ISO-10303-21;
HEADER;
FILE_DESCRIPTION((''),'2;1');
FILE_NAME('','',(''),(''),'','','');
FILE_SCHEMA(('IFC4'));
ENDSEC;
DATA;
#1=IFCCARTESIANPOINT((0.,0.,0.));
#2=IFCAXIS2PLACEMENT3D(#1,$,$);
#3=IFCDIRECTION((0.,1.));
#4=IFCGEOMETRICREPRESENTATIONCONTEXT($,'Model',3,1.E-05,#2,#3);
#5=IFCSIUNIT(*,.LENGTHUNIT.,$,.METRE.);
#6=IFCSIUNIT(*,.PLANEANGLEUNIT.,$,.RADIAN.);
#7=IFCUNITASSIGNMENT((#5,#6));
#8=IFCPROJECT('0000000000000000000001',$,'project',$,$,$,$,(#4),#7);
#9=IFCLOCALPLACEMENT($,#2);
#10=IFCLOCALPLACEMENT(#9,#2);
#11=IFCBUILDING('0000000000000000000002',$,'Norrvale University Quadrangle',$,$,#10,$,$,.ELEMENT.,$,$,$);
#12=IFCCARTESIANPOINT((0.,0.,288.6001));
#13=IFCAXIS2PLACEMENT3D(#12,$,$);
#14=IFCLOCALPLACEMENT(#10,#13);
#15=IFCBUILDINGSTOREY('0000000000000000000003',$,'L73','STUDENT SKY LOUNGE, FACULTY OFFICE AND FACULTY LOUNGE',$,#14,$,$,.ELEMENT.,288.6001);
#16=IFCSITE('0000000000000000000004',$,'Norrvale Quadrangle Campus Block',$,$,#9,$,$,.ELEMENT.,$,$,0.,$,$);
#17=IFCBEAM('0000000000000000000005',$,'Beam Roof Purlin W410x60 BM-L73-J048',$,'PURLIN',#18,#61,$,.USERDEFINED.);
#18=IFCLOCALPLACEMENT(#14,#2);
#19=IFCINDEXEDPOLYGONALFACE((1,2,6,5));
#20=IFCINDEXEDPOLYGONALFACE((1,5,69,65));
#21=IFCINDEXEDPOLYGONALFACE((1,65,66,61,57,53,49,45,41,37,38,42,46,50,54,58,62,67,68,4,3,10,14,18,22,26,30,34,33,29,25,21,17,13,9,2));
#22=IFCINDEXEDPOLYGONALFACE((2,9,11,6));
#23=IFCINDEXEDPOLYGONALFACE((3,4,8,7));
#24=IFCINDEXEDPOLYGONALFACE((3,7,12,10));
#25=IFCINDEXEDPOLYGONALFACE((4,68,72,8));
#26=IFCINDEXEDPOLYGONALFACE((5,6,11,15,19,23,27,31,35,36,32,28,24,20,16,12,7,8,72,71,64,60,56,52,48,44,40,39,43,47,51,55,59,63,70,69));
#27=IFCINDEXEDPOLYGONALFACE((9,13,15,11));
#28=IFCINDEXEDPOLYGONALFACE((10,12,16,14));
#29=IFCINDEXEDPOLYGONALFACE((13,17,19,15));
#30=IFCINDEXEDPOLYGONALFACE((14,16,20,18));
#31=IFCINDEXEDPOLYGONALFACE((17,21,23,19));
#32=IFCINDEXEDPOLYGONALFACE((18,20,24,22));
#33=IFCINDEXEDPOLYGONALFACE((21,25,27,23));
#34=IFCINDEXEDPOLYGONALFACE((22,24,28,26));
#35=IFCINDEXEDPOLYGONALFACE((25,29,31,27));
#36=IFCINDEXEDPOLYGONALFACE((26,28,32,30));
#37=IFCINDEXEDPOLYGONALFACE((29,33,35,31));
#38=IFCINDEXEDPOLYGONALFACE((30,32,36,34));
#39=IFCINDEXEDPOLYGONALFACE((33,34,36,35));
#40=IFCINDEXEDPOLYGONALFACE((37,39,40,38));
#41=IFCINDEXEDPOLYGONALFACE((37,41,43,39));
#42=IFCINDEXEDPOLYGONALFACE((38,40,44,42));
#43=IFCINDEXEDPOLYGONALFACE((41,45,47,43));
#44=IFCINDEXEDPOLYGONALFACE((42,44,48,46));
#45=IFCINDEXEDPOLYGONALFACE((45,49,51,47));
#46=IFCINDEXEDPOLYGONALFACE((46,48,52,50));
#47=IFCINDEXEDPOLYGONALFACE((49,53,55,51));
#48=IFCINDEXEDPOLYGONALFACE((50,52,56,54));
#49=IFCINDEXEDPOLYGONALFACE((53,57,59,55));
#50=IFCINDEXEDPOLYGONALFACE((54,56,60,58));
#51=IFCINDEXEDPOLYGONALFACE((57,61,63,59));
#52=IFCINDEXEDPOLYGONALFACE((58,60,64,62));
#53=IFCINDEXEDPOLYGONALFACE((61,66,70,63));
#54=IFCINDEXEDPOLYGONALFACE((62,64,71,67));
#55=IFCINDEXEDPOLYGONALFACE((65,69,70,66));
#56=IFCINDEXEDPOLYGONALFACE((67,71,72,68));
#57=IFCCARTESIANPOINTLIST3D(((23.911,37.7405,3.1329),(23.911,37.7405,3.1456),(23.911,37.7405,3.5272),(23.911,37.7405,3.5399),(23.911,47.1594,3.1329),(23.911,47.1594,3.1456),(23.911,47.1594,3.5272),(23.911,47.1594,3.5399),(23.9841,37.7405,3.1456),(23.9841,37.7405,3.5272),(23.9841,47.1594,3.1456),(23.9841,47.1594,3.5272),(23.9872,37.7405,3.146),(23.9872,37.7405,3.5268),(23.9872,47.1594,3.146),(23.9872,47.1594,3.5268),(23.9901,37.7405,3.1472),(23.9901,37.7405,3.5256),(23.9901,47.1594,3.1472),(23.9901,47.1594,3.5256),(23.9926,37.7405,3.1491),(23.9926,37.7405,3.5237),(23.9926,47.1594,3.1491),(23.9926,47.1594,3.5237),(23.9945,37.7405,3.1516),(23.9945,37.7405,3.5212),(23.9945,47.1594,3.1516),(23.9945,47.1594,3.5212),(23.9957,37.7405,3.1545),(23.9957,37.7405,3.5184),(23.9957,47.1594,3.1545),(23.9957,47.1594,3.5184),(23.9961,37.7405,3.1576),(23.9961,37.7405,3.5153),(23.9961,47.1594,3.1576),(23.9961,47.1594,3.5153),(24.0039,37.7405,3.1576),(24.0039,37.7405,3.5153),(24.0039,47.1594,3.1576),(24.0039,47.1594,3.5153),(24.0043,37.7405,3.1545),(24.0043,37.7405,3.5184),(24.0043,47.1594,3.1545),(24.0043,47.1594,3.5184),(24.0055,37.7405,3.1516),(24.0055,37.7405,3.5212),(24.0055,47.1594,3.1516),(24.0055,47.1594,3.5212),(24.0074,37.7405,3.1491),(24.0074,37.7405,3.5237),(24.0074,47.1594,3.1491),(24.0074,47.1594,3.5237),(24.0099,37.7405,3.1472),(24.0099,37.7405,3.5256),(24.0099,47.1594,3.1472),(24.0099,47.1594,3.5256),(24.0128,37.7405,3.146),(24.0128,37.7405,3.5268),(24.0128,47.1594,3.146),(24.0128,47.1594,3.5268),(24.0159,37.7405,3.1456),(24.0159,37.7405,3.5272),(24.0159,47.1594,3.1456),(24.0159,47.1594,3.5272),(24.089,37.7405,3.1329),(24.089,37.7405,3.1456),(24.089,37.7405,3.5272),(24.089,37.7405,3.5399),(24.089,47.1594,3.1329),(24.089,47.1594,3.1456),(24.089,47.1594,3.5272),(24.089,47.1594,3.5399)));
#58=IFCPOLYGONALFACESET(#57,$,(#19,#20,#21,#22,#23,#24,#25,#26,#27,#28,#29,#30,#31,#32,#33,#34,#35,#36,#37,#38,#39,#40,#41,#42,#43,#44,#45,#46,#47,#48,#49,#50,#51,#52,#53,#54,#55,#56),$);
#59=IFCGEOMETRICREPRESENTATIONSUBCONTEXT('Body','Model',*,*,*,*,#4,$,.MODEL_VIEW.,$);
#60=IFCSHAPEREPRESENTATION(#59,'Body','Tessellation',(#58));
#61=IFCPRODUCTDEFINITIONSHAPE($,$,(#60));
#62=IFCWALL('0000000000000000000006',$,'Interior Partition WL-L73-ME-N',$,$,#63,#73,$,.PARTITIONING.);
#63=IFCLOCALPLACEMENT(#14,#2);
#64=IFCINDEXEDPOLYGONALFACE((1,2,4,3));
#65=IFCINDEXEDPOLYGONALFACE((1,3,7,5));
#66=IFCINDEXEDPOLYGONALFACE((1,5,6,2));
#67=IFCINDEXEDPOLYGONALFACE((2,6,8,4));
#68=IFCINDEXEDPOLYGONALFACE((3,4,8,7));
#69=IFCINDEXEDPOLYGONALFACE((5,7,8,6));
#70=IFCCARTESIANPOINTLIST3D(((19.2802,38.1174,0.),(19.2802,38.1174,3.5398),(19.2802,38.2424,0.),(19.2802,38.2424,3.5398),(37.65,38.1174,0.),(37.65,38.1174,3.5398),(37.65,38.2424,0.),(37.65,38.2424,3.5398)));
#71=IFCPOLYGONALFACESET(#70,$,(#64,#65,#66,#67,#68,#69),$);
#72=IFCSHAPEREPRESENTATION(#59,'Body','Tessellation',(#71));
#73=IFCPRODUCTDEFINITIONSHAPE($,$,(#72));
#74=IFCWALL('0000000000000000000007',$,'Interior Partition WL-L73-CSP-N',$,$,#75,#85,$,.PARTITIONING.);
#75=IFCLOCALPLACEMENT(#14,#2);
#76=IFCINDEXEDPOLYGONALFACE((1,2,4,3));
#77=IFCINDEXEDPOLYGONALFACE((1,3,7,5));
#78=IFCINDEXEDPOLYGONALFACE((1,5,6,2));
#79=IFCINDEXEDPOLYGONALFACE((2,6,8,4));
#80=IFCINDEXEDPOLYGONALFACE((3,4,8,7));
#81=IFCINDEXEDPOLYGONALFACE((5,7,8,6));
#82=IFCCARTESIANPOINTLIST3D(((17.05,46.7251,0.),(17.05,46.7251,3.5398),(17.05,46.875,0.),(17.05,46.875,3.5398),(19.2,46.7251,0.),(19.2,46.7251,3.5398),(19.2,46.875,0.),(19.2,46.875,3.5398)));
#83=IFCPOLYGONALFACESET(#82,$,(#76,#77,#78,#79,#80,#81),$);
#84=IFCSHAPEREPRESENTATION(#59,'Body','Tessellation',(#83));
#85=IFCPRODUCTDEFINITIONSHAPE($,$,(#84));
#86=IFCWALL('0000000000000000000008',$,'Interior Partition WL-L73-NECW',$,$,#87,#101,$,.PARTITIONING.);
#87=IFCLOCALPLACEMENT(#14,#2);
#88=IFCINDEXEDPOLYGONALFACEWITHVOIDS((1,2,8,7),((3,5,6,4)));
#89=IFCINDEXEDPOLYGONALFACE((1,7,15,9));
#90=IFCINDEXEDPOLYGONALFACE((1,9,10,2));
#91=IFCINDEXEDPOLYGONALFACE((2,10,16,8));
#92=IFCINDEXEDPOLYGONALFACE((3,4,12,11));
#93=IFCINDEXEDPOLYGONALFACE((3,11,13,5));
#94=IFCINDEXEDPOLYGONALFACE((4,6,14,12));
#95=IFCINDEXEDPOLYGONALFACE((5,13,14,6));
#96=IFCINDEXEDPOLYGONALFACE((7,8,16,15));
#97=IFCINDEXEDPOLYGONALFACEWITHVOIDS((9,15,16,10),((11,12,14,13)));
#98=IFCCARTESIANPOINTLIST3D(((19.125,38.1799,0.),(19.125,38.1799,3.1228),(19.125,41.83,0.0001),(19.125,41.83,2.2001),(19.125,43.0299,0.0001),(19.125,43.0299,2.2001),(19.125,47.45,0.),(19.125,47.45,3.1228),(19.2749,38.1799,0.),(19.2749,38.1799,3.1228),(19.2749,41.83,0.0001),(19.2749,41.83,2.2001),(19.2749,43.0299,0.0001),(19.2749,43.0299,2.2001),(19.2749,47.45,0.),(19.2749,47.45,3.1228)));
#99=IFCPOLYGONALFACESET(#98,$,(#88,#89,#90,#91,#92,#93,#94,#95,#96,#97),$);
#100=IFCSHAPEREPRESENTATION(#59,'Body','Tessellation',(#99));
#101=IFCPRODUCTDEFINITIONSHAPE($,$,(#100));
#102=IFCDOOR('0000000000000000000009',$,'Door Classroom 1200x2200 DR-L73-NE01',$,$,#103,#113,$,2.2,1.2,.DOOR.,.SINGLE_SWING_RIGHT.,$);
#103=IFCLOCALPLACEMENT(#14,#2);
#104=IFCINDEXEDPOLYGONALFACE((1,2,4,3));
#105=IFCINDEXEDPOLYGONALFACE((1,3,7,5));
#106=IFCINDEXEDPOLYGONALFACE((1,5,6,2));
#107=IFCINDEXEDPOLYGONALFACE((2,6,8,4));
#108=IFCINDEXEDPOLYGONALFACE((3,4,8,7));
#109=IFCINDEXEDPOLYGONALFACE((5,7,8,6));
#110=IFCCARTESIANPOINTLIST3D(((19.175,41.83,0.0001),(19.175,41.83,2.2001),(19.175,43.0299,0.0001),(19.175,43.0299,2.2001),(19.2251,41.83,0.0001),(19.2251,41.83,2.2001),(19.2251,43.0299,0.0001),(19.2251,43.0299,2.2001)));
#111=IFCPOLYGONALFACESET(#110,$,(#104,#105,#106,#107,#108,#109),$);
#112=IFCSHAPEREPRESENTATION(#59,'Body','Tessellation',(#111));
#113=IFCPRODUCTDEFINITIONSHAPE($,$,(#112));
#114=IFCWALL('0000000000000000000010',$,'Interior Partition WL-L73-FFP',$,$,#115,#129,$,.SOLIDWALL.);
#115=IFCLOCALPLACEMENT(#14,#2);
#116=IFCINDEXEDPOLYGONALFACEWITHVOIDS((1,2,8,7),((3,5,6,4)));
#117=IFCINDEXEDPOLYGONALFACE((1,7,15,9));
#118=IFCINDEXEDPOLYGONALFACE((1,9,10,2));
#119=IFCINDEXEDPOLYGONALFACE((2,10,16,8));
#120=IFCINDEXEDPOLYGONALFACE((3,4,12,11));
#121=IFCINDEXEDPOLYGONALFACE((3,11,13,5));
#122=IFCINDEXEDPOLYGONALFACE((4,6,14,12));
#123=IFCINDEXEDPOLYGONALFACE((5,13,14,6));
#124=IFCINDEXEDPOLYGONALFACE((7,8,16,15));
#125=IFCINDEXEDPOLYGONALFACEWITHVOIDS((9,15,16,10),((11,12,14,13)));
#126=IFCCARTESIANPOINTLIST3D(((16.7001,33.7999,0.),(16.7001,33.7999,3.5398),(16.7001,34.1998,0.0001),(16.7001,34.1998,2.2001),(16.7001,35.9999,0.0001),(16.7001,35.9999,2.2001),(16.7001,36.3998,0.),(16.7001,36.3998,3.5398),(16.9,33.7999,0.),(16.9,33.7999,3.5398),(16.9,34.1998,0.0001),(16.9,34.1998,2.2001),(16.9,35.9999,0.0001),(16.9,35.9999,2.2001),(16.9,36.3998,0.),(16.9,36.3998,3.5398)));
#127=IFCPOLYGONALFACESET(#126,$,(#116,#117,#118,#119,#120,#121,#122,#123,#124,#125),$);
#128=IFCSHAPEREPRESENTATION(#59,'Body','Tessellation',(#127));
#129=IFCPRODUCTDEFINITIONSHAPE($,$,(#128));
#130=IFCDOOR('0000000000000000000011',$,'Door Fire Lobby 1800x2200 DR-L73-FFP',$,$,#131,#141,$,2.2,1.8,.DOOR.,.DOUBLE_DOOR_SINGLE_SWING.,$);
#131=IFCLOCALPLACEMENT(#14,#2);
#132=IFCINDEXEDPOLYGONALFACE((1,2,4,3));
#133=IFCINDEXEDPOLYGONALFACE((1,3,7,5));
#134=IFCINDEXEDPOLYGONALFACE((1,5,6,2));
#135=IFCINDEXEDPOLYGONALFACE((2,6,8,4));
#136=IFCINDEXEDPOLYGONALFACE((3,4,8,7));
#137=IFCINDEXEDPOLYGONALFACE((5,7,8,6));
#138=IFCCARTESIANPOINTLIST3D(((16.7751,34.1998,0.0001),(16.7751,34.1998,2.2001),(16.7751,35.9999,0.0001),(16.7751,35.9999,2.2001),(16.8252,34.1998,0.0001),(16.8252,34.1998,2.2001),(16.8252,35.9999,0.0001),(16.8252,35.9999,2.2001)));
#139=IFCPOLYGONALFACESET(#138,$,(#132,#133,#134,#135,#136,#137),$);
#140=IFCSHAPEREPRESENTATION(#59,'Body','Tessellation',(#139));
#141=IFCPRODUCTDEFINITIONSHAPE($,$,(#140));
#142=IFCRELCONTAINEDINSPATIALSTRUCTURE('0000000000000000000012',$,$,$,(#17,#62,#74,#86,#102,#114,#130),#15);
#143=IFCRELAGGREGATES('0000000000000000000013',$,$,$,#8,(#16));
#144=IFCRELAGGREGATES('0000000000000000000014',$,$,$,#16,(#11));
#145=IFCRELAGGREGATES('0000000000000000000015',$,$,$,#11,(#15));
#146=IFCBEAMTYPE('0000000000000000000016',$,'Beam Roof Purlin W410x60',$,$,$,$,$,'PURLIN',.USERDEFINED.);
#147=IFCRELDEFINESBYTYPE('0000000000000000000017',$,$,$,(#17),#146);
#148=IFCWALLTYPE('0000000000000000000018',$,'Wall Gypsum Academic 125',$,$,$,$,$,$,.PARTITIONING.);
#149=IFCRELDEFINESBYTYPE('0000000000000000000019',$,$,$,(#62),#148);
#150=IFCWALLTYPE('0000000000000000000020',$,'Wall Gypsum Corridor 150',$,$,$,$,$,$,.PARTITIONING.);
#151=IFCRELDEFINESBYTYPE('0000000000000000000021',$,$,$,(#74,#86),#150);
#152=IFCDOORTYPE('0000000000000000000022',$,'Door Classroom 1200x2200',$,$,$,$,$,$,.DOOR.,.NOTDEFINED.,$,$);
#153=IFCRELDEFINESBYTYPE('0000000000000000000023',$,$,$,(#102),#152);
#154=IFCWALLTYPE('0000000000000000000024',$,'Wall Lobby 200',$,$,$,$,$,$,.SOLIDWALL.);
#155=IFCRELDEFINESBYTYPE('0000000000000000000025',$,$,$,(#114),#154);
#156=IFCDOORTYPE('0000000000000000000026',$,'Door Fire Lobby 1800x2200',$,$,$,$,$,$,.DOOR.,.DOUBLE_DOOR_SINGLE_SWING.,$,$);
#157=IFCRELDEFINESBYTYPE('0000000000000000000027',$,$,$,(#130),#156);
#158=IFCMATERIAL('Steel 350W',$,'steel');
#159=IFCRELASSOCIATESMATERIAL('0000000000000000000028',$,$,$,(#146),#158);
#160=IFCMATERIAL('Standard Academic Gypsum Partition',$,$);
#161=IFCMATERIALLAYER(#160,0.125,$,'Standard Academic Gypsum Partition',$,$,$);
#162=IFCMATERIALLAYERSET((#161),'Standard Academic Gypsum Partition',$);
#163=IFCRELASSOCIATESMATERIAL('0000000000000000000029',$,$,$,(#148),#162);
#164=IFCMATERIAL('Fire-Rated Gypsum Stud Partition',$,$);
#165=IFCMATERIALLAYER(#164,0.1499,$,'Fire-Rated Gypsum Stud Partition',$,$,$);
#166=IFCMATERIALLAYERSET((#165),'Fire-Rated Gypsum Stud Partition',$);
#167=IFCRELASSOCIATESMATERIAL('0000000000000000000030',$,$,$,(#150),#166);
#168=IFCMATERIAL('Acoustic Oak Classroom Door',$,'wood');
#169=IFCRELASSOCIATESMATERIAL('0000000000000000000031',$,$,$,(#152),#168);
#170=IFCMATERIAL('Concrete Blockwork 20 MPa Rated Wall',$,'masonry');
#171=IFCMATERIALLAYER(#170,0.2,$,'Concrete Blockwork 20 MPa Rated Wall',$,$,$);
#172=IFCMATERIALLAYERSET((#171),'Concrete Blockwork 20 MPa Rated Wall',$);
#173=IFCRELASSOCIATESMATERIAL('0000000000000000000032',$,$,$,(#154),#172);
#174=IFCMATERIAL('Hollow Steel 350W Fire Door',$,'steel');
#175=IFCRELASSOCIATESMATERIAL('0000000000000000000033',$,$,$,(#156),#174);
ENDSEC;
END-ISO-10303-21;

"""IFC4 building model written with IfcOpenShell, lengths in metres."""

from ifc_helpers import new_model, si_unit, direction, frame, frame_2d, origin, origin_2d, place, context, subcontext, project, spatial, rectangle, i_section, extrude, material, layer, layer_set, material_profile, profile_set, type_object, element, fill, save


model = new_model("IFC4")

# Units and contexts
model_context = context("Model", 3, precision=1e-05, world=origin(), true_north=direction((0.0, 1.0)))
body_context = subcontext(model_context, "Body", "Model", "MODEL_VIEW")
ifc_project = project(units=[si_unit("LENGTHUNIT", "METRE"), si_unit("PLANEANGLEUNIT", "RADIAN")], contexts=[model_context])

# Site, building, storey
site_placement = place(None, origin())
site = spatial("IfcSite", under=ifc_project, at=site_placement, Name="Norrvale Quadrangle Campus Block", CompositionType="ELEMENT", RefElevation=0.0)
building_placement = place(site_placement, origin())
building = spatial("IfcBuilding", under=site, at=building_placement, Name="Norrvale University Quadrangle", CompositionType="ELEMENT")
storey_placement = place(building_placement, frame((0.0, 0.0, 288.6001)))
storey = spatial("IfcBuildingStorey", under=building, at=storey_placement, Name="L73", Description="STUDENT SKY LOUNGE, FACULTY OFFICE AND FACULTY LOUNGE", CompositionType="ELEMENT", Elevation=288.6001)

# Beam
ifc_material_1 = material(Name="Steel 350W", Category="steel")
ifc_material_profile_1 = material_profile(ifc_material_1, i_section(OverallWidth=0.178, OverallDepth=0.407, WebThickness=0.0078, FlangeThickness=0.0127, FilletRadius=0.012, at=origin_2d()), Name="Steel 350W")
ifc_profile_set_1 = profile_set([ifc_material_profile_1], Name="Steel 350W")
beam_type_1 = type_object("IfcBeamType", Name="Beam Roof Purlin W410x60", ElementType="PURLIN", PredefinedType="USERDEFINED", material=ifc_profile_set_1)
beam_1_placement = place(storey_placement, frame((24.0, 37.7405, 3.3364), z_axis=(0.0, 1.0, 0.0), x_axis=(-1.0, 0.0, 0.0)))
element("IfcBeam", 1, at=beam_1_placement, inside=storey, type_object=beam_type_1, Name="Beam Roof Purlin W410x60 BM-L73-J048", ObjectType="PURLIN", PredefinedType="USERDEFINED", context=body_context, shape_type="SweptSolid", body=[
    extrude(i_section(OverallWidth=0.178, OverallDepth=0.407, WebThickness=0.0078, FlangeThickness=0.0127, FilletRadius=0.012, at=origin_2d()), origin(), (0.0, 0.0, 1.0), 9.4189),
])

# Walls
ifc_material_2 = material(Name="Standard Academic Gypsum Partition")
ifc_layer_1 = layer(ifc_material_2, 0.125, Name="Standard Academic Gypsum Partition")
ifc_layer_set_1 = layer_set([ifc_layer_1], Name="Standard Academic Gypsum Partition")
wall_type_1 = type_object("IfcWallType", Name="Wall Gypsum Academic 125", PredefinedType="PARTITIONING", material=ifc_layer_set_1)
wall_1_placement = place(storey_placement, frame((19.28, 38.1799, 0.0), z_axis=(0.0, 0.0, 1.0), x_axis=(1.0, 0.0, 0.0)))
element("IfcWall", 2, at=wall_1_placement, inside=storey, type_object=wall_type_1, Name="Interior Partition WL-L73-ME-N", PredefinedType="PARTITIONING", context=body_context, shape_type="SweptSolid", body=[
    extrude(rectangle(XDim=18.3699, YDim=0.125, at=frame_2d((9.1851, 0.0))), origin(), (0.0, 0.0, 1.0), 3.5398),
])
ifc_material_3 = material(Name="Fire-Rated Gypsum Stud Partition")
ifc_layer_2 = layer(ifc_material_3, 0.1499, Name="Fire-Rated Gypsum Stud Partition")
ifc_layer_set_2 = layer_set([ifc_layer_2], Name="Fire-Rated Gypsum Stud Partition")
wall_type_2 = type_object("IfcWallType", Name="Wall Gypsum Corridor 150", PredefinedType="PARTITIONING", material=ifc_layer_set_2)
wall_2_placement = place(storey_placement, frame((17.05, 46.8, 0.0), z_axis=(0.0, 0.0, 1.0), x_axis=(1.0, 0.0, 0.0)))
element("IfcWall", 3, at=wall_2_placement, inside=storey, type_object=wall_type_2, Name="Interior Partition WL-L73-CSP-N", PredefinedType="PARTITIONING", context=body_context, shape_type="SweptSolid", body=[
    extrude(rectangle(XDim=2.1499, YDim=0.1499, at=frame_2d((1.075, 0.0))), origin(), (0.0, 0.0, 1.0), 3.5398),
])

# Walls, openings, doors
wall_3_placement = place(storey_placement, frame((19.2, 38.1799, 0.0), z_axis=(0.0, 0.0, 1.0), x_axis=(0.0, 1.0, 0.0)))
wall_3 = element("IfcWall", 4, at=wall_3_placement, inside=storey, type_object=wall_type_2, Name="Interior Partition WL-L73-NECW", PredefinedType="PARTITIONING", context=body_context, shape_type="SweptSolid", body=[
    extrude(rectangle(XDim=9.27, YDim=0.1499, at=frame_2d((4.635, 0.0))), origin(), (0.0, 0.0, 1.0), 3.1228),
])
opening_1_placement = place(wall_3_placement, frame((3.6499, 0.0, 0.0)))
opening_1 = element("IfcOpeningElement", 5, at=opening_1_placement, cuts=wall_3, PredefinedType="OPENING", context=body_context, shape_type="SweptSolid", body=[
    extrude(rectangle(XDim=1.2, YDim=2.2, at=frame_2d((0.6001, 1.1001))), frame((0.0, 0.0869, 0.0), z_axis=(0.0, -1.0, 0.0), x_axis=(1.0, 0.0, 0.0)), (0.0, 0.0, 1.0), 0.1738),
])
ifc_material_4 = material(Name="Acoustic Oak Classroom Door", Category="wood")
door_type_1 = type_object("IfcDoorType", Name="Door Classroom 1200x2200", OperationType="NOTDEFINED", PredefinedType="DOOR", material=ifc_material_4)
door_1_placement = place(opening_1_placement, origin())
door_1 = element("IfcDoor", 6, at=door_1_placement, inside=storey, type_object=door_type_1, Name="Door Classroom 1200x2200 DR-L73-NE01", OperationType="SINGLE_SWING_RIGHT", OverallHeight=2.2, OverallWidth=1.2, PredefinedType="DOOR", context=body_context, shape_type="SweptSolid", body=[
    extrude(rectangle(XDim=1.2, YDim=2.2, at=frame_2d((0.6001, 1.1001))), frame((0.0, 0.0249, 0.0), z_axis=(0.0, -1.0, 0.0), x_axis=(1.0, 0.0, 0.0)), (0.0, 0.0, 1.0), 0.05),
])
fill(opening_1, door_1)
ifc_material_5 = material(Name="Concrete Blockwork 20 MPa Rated Wall", Category="masonry")
ifc_layer_3 = layer(ifc_material_5, 0.2, Name="Concrete Blockwork 20 MPa Rated Wall")
ifc_layer_set_3 = layer_set([ifc_layer_3], Name="Concrete Blockwork 20 MPa Rated Wall")
wall_type_3 = type_object("IfcWallType", Name="Wall Lobby 200", PredefinedType="SOLIDWALL", material=ifc_layer_set_3)
wall_4_placement = place(storey_placement, frame((16.8, 33.8, 0.0), z_axis=(0.0, 0.0, 1.0), x_axis=(0.0, 1.0, 0.0)))
wall_4 = element("IfcWall", 7, at=wall_4_placement, inside=storey, type_object=wall_type_3, Name="Interior Partition WL-L73-FFP", PredefinedType="SOLIDWALL", context=body_context, shape_type="SweptSolid", body=[
    extrude(rectangle(XDim=2.5999, YDim=0.2, at=frame_2d((1.2998, 0.0))), origin(), (0.0, 0.0, 1.0), 3.5398),
])
opening_2_placement = place(wall_4_placement, frame((0.3999, 0.0, 0.0)))
opening_2 = element("IfcOpeningElement", 8, at=opening_2_placement, cuts=wall_4, PredefinedType="OPENING", context=body_context, shape_type="SweptSolid", body=[
    extrude(rectangle(XDim=1.8, YDim=2.2, at=frame_2d((0.8999, 1.1001))), frame((0.0, 0.1121, 0.0), z_axis=(0.0, -1.0, 0.0), x_axis=(1.0, 0.0, 0.0)), (0.0, 0.0, 1.0), 0.2239),
])
ifc_material_6 = material(Name="Hollow Steel 350W Fire Door", Category="steel")
door_type_2 = type_object("IfcDoorType", Name="Door Fire Lobby 1800x2200", OperationType="DOUBLE_DOOR_SINGLE_SWING", PredefinedType="DOOR", material=ifc_material_6)
door_2_placement = place(opening_2_placement, origin())
door_2 = element("IfcDoor", 9, at=door_2_placement, inside=storey, type_object=door_type_2, Name="Door Fire Lobby 1800x2200 DR-L73-FFP", OperationType="DOUBLE_DOOR_SINGLE_SWING", OverallHeight=2.2, OverallWidth=1.8, PredefinedType="DOOR", context=body_context, shape_type="SweptSolid", body=[
    extrude(rectangle(XDim=1.8, YDim=2.2, at=frame_2d((0.8999, 1.1001))), frame((0.0, 0.0249, 0.0), z_axis=(0.0, -1.0, 0.0), x_axis=(1.0, 0.0, 0.0)), (0.0, 0.0, 1.0), 0.05),
])
fill(opening_2, door_2)

save(model, "model.ifc")
